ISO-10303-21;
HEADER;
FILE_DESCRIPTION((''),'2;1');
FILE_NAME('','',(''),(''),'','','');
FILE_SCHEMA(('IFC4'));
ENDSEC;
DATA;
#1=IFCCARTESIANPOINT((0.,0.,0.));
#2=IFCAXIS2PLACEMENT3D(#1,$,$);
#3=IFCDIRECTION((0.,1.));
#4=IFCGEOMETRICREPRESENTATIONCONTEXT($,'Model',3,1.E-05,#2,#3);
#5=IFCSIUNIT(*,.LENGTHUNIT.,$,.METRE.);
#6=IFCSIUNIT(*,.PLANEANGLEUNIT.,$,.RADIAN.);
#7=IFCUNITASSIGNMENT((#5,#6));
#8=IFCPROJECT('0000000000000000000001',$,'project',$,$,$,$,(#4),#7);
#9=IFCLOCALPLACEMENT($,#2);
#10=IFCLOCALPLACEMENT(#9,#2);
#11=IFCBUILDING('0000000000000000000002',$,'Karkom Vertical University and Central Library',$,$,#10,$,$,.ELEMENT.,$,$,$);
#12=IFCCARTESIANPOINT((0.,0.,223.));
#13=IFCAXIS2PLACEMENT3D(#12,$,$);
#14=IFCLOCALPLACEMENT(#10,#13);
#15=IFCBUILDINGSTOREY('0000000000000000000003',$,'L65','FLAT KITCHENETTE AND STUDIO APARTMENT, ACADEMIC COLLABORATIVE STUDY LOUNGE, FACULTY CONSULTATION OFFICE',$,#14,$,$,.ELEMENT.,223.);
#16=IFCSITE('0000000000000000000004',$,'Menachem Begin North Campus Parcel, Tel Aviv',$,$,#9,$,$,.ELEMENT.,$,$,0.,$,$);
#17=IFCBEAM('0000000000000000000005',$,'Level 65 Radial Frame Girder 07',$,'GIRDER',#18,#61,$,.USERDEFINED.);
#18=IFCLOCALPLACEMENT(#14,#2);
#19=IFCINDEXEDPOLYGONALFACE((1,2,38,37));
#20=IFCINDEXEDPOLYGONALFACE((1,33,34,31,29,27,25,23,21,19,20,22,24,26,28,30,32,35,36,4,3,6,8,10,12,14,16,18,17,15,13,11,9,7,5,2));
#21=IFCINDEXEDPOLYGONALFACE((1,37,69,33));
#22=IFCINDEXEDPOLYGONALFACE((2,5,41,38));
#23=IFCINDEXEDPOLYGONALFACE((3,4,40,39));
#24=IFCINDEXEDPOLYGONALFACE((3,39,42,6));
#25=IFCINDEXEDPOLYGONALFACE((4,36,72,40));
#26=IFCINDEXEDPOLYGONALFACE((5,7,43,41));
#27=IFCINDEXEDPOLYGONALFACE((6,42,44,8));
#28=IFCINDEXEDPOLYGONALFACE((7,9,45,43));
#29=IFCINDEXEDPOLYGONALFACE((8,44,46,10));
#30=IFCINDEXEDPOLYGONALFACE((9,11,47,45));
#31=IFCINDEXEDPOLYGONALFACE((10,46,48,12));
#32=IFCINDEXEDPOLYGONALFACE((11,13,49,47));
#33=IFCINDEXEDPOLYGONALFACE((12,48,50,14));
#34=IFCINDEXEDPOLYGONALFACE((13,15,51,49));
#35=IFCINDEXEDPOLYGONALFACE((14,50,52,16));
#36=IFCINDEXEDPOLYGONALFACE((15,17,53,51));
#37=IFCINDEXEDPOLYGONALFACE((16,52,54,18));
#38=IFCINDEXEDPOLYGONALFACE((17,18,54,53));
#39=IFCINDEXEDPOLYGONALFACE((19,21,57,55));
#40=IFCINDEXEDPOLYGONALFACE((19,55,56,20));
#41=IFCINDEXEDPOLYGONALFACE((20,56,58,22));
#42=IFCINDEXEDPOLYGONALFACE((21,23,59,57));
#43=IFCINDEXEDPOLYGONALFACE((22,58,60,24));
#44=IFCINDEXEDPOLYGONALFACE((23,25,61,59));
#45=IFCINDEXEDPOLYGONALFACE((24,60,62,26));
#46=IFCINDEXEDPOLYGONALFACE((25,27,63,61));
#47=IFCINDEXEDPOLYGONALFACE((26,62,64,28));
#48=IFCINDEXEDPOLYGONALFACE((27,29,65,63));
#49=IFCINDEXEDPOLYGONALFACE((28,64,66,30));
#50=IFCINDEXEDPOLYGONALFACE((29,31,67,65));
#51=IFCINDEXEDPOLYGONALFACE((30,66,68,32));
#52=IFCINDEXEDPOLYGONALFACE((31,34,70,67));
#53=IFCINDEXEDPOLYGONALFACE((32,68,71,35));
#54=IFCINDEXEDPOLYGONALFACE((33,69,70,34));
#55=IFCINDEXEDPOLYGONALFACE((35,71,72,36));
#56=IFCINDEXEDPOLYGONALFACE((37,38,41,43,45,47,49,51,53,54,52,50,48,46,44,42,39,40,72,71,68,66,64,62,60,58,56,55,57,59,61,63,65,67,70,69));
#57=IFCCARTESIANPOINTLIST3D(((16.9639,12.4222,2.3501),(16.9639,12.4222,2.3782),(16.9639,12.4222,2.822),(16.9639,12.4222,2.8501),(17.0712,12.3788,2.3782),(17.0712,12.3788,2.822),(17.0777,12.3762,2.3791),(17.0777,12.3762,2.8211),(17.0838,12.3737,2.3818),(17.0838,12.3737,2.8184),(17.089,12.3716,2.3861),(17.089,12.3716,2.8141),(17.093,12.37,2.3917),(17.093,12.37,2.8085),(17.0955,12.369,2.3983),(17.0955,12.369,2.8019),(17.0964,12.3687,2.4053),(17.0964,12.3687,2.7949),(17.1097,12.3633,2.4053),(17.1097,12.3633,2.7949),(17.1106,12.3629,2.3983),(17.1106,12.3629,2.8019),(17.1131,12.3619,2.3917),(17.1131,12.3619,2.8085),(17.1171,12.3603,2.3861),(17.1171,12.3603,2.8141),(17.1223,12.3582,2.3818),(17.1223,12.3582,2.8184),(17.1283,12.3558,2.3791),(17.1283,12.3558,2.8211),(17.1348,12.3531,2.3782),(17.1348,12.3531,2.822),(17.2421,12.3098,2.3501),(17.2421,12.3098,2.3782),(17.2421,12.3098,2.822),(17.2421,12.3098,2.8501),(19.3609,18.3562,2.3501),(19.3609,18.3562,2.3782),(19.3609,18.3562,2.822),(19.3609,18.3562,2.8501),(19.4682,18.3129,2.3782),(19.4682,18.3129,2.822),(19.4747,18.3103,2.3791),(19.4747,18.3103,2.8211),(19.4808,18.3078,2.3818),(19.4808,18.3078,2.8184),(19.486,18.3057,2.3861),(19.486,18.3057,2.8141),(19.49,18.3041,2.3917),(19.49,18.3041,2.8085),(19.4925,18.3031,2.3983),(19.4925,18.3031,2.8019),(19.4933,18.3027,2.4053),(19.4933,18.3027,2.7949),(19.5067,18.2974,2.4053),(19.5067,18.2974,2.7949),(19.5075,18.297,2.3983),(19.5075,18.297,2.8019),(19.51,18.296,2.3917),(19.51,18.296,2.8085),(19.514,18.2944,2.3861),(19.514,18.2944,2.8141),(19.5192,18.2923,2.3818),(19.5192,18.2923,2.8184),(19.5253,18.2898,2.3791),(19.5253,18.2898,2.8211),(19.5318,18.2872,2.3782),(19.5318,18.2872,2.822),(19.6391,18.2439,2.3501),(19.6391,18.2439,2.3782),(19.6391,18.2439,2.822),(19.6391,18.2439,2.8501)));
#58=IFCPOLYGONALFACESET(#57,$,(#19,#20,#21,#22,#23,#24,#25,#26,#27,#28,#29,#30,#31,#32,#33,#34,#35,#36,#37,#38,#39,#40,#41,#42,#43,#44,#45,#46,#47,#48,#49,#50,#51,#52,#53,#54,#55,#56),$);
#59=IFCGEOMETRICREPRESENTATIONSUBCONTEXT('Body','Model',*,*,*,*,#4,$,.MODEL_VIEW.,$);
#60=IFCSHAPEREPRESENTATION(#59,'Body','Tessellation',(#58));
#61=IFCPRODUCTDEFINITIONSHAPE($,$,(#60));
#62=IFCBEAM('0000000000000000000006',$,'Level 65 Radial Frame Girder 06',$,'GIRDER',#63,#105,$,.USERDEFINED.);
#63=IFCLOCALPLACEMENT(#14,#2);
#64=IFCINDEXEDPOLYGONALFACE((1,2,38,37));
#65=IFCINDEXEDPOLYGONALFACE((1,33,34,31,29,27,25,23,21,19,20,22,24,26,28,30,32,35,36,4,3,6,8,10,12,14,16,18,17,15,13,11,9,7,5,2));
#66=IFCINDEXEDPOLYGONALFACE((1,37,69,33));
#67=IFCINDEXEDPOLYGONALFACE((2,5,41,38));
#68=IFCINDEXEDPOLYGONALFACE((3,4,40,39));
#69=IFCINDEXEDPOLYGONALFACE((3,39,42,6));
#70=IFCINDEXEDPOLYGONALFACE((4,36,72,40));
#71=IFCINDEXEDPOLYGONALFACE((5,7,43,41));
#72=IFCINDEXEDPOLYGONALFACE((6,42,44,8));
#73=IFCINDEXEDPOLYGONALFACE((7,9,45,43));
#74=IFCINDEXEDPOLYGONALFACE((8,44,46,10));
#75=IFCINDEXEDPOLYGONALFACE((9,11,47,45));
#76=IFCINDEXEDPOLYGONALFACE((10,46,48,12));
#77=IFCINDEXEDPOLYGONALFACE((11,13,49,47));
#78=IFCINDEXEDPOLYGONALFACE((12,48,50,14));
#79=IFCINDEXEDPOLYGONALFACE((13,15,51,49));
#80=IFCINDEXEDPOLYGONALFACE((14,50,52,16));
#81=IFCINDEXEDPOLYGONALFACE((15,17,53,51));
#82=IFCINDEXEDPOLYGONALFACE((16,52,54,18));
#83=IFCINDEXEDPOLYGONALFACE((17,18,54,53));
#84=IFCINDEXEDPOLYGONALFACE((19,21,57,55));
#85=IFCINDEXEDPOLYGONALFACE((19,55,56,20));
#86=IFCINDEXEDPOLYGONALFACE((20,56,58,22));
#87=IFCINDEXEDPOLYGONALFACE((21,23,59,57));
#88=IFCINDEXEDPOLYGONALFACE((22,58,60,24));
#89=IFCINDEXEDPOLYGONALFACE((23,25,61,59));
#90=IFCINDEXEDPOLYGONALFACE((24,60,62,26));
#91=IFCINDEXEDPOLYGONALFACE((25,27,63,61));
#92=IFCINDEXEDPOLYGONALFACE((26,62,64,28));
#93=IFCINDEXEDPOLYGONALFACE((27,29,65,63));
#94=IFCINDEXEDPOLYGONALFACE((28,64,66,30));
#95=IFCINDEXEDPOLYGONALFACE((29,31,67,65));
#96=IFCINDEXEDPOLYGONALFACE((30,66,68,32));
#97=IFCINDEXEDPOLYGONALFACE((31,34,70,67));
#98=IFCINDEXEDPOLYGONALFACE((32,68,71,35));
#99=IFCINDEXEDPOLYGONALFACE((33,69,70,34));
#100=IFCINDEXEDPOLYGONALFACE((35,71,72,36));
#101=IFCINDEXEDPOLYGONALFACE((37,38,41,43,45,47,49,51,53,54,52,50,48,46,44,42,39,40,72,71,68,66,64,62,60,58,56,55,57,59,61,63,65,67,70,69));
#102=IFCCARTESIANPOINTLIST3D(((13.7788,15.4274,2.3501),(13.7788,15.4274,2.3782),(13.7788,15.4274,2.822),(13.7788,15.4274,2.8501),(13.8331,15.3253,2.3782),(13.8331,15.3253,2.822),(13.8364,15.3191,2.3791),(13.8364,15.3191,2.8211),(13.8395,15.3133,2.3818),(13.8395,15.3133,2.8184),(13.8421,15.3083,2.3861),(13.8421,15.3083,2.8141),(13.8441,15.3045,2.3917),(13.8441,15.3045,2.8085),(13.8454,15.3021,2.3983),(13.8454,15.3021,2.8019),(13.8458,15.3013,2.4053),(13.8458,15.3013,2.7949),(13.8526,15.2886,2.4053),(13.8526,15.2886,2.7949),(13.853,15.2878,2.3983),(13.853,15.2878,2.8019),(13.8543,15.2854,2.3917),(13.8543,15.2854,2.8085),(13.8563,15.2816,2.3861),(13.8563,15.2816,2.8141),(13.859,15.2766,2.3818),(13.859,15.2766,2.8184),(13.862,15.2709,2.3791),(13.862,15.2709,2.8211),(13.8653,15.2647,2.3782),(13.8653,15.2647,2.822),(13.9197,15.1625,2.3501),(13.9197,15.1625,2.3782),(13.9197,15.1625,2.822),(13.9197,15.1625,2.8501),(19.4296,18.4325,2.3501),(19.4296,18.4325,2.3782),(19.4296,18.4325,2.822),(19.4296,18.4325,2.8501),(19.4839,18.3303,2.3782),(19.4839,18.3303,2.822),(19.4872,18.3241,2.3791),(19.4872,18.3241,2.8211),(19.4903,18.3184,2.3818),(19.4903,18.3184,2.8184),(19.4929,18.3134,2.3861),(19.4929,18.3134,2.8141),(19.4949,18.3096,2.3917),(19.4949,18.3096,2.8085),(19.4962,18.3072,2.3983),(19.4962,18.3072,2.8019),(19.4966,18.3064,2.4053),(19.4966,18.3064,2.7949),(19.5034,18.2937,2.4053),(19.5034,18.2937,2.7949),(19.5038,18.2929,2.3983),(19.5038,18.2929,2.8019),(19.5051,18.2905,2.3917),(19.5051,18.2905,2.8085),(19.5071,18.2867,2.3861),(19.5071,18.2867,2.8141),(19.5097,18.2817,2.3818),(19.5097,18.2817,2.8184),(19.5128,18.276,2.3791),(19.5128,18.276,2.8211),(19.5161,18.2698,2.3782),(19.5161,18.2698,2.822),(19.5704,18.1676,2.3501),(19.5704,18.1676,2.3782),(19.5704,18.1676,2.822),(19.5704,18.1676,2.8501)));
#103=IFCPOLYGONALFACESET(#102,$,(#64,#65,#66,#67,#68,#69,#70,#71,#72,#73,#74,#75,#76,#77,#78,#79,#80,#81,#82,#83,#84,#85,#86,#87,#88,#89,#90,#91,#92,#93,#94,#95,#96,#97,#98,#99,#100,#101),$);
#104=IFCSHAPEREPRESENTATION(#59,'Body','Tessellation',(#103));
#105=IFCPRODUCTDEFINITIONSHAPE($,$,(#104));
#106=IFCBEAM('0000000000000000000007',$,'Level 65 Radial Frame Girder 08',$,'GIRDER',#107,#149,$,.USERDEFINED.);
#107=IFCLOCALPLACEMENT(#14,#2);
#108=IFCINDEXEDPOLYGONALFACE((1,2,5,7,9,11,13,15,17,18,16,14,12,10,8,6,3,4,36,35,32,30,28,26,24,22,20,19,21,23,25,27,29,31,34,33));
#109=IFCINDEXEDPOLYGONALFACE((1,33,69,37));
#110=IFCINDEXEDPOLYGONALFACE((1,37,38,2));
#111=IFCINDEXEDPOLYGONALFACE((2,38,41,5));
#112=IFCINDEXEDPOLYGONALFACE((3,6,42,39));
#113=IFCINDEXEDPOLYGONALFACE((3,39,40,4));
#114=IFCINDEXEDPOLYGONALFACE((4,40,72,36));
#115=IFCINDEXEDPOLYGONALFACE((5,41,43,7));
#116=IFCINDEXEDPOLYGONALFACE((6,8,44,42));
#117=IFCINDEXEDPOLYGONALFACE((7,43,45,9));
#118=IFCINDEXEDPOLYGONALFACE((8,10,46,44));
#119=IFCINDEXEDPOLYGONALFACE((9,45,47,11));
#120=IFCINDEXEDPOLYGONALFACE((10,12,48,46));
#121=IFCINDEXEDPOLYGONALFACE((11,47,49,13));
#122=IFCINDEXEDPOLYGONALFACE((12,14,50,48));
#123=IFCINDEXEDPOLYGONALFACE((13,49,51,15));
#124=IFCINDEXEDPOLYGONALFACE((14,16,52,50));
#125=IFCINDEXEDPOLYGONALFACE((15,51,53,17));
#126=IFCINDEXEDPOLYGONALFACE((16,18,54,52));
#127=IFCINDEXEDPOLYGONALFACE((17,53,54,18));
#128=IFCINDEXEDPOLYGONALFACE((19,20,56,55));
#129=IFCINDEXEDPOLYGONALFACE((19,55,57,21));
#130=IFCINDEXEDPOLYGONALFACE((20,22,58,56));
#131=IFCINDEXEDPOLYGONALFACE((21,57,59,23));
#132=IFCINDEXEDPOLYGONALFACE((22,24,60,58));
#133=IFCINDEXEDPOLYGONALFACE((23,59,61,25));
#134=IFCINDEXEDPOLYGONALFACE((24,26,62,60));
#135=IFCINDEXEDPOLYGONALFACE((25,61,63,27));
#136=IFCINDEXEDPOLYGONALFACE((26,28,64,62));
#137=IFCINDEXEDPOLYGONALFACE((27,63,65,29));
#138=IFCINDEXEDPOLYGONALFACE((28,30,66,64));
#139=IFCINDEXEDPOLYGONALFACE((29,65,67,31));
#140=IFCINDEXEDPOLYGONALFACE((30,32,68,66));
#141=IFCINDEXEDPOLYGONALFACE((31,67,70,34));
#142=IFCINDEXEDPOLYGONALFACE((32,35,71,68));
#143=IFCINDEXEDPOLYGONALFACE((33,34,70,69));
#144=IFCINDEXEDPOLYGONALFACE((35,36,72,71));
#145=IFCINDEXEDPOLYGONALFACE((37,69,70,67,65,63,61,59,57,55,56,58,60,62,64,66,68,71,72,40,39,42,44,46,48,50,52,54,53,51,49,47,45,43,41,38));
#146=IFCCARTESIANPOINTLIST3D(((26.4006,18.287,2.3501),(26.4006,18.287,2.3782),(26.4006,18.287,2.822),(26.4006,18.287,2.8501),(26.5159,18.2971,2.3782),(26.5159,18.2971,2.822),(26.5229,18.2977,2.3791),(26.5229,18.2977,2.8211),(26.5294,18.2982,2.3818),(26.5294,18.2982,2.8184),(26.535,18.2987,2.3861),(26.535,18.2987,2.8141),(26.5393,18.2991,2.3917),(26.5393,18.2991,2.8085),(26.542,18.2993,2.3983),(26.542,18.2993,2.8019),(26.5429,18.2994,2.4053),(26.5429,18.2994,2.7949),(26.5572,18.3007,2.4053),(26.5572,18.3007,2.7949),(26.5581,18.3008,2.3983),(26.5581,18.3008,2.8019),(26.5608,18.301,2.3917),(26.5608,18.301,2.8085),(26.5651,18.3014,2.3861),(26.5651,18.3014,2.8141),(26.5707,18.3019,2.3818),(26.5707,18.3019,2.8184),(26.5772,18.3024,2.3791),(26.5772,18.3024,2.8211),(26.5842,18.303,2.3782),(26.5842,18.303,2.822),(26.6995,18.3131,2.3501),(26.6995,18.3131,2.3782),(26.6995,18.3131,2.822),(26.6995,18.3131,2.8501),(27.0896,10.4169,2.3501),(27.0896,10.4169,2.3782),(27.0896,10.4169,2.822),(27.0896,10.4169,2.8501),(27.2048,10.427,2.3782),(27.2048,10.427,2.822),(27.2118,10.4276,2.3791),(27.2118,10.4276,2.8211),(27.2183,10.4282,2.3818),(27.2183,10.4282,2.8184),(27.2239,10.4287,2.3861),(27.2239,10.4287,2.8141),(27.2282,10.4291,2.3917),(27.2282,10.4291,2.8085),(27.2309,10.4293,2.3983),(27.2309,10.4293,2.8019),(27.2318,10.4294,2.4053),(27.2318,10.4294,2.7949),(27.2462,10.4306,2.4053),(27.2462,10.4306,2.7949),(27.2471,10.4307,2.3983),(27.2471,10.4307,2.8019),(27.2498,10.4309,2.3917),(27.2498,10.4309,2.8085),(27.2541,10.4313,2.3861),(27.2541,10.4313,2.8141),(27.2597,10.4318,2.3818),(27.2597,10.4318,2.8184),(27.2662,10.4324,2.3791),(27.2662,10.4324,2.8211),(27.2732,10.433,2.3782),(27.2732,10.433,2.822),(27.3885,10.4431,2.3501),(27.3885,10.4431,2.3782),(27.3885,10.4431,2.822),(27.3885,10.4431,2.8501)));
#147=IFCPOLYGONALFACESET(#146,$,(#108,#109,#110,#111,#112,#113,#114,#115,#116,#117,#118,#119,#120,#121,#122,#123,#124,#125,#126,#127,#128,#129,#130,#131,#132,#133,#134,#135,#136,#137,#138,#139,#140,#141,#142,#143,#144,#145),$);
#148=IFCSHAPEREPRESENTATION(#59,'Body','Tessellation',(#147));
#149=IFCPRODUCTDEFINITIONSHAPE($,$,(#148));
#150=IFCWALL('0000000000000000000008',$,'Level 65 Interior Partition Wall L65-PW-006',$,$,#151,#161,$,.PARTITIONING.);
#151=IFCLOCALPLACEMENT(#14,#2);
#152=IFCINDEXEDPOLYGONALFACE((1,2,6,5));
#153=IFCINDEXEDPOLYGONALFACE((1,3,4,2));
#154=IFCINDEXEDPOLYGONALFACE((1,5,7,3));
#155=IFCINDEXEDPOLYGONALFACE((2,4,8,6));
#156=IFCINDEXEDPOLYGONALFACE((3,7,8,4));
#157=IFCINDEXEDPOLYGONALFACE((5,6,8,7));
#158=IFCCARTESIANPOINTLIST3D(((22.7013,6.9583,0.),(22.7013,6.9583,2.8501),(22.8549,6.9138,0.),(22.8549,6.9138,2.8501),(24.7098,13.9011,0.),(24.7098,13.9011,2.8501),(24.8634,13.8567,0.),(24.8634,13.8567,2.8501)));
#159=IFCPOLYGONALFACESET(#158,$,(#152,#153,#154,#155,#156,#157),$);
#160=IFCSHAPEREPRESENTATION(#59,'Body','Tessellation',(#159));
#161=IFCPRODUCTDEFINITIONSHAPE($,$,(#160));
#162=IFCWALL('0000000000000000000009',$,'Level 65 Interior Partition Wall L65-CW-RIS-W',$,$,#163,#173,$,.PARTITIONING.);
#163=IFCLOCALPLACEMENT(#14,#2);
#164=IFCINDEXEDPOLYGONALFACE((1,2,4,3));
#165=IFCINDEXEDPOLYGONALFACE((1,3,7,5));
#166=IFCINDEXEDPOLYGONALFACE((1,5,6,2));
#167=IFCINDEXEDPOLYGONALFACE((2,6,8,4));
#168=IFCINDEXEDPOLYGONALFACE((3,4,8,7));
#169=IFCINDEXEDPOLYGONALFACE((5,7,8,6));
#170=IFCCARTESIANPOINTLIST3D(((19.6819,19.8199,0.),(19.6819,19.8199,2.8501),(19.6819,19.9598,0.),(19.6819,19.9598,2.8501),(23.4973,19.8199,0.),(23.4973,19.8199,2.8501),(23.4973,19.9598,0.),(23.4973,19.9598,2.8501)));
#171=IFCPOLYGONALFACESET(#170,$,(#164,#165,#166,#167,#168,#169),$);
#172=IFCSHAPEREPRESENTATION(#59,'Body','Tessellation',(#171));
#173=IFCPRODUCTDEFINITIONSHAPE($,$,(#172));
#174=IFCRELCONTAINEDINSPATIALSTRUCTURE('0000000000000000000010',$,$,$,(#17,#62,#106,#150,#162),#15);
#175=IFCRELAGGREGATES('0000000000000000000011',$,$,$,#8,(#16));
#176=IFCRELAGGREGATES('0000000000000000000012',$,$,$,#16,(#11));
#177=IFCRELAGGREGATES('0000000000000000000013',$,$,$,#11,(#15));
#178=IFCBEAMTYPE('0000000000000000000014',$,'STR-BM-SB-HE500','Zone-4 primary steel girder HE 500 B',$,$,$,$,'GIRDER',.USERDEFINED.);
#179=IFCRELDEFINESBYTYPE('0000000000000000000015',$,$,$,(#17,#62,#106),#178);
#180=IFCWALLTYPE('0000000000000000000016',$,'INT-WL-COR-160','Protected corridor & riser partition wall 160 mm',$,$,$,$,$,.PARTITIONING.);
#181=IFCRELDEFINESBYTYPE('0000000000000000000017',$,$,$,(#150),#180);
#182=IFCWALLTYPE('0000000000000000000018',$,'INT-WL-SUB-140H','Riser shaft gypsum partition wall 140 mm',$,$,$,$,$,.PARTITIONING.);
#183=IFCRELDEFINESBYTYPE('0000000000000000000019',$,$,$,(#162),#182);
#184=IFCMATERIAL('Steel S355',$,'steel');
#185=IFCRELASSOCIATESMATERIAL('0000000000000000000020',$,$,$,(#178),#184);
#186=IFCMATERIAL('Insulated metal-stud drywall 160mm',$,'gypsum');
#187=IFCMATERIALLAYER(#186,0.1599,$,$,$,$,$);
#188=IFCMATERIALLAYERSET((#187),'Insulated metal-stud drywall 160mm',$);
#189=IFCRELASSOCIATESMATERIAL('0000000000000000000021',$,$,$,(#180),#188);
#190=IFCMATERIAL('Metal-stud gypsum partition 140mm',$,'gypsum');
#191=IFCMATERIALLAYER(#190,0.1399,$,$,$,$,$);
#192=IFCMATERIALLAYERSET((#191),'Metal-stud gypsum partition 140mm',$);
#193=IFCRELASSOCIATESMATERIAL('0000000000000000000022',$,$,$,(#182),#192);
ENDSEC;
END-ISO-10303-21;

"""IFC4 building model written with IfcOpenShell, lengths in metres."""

from ifc_helpers import new_model, si_unit, direction, frame, frame_2d, origin, origin_with_axes, origin_2d, place, context, subcontext, project, spatial, rectangle, i_section, extrude, source, transform, mapped, material, layer, layer_set, material_profile, profile_set, type_object, element, save


model = new_model("IFC4")

# Units and contexts
model_context = context("Model", 3, precision=1e-05, world=origin(), true_north=direction((0.0, 1.0)))
body_context = subcontext(model_context, "Body", "Model", "MODEL_VIEW")
ifc_project = project(units=[si_unit("LENGTHUNIT", "METRE"), si_unit("PLANEANGLEUNIT", "RADIAN")], contexts=[model_context])

# Site, building, storey
site_placement = place(None, origin())
site = spatial("IfcSite", under=ifc_project, at=site_placement, Name="Menachem Begin North Campus Parcel, Tel Aviv", CompositionType="ELEMENT", RefElevation=0.0)
building_placement = place(site_placement, origin())
building = spatial("IfcBuilding", under=site, at=building_placement, Name="Karkom Vertical University and Central Library", CompositionType="ELEMENT")
storey_placement = place(building_placement, frame((0.0, 0.0, 223.0)))
storey = spatial("IfcBuildingStorey", under=building, at=storey_placement, Name="L65", Description="FLAT KITCHENETTE AND STUDIO APARTMENT, ACADEMIC COLLABORATIVE STUDY LOUNGE, FACULTY CONSULTATION OFFICE", CompositionType="ELEMENT", Elevation=223.0)

# Beams
ifc_material_1 = material(Name="Steel S355", Category="steel")
ifc_material_profile_1 = material_profile(ifc_material_1, i_section(OverallWidth=0.3, OverallDepth=0.5, WebThickness=0.0144, FlangeThickness=0.0281, FilletRadius=0.0271, at=origin_2d()), Name="HE 500 B")
ifc_profile_set_1 = profile_set([ifc_material_profile_1], Name="Steel S355")
beam_type_1 = type_object("IfcBeamType", Name="STR-BM-SB-HE500", Description="Zone-4 primary steel girder HE 500 B", ElementType="GIRDER", PredefinedType="USERDEFINED", material=ifc_profile_set_1)
shared_shape_1 = source(origin_with_axes(), body_context, "Body", "SweptSolid", [
    extrude(i_section(OverallWidth=0.3, OverallDepth=0.5, WebThickness=0.0144, FlangeThickness=0.0281, FilletRadius=0.0271, at=origin_2d()), origin(), (0.0, 0.0, 1.0), 6.3999),
])
beam_1_placement = place(storey_placement, frame((19.5, 18.3, 2.6001), z_axis=(-0.374532, -0.927214, 0.0), x_axis=(0.927214, -0.374532, 0.0)))
element("IfcBeam", 1, at=beam_1_placement, inside=storey, type_object=beam_type_1, Name="Level 65 Radial Frame Girder 07", ObjectType="GIRDER", PredefinedType="USERDEFINED", context=body_context, shape_type="MappedRepresentation", body=[
    mapped(shared_shape_1, transform((0.0, 0.0, 0.0), scale=1.0)),
])
shared_shape_2 = source(origin_with_axes(), body_context, "Body", "SweptSolid", [
    extrude(i_section(OverallWidth=0.3, OverallDepth=0.5, WebThickness=0.0144, FlangeThickness=0.0281, FilletRadius=0.0271, at=origin_2d()), origin(), (0.0, 0.0, 1.0), 6.4001),
])
beam_2_placement = place(storey_placement, frame((19.5, 18.3, 2.6001), z_axis=(-0.882915, -0.469533, 0.0), x_axis=(0.469533, -0.882915, 0.0)))
element("IfcBeam", 2, at=beam_2_placement, inside=storey, type_object=beam_type_1, Name="Level 65 Radial Frame Girder 06", ObjectType="GIRDER", PredefinedType="USERDEFINED", context=body_context, shape_type="MappedRepresentation", body=[
    mapped(shared_shape_2, transform((0.0, 0.0, 0.0), scale=1.0)),
])
shared_shape_3 = source(origin_with_axes(), body_context, "Body", "SweptSolid", [
    extrude(i_section(OverallWidth=0.3, OverallDepth=0.5, WebThickness=0.0144, FlangeThickness=0.0281, FilletRadius=0.0271, at=origin_2d()), origin(), (0.0, 0.0, 1.0), 7.9001),
])
beam_3_placement = place(storey_placement, frame((26.55, 18.3, 2.6001), z_axis=(0.087208, -0.99619, 0.0), x_axis=(0.99619, 0.087208, 0.0)))
element("IfcBeam", 3, at=beam_3_placement, inside=storey, type_object=beam_type_1, Name="Level 65 Radial Frame Girder 08", ObjectType="GIRDER", PredefinedType="USERDEFINED", context=body_context, shape_type="MappedRepresentation", body=[
    mapped(shared_shape_3, transform((0.0, 0.0, 0.0), scale=1.0)),
])

# Walls
ifc_material_2 = material(Name="Insulated metal-stud drywall 160mm", Category="gypsum")
ifc_layer_1 = layer(ifc_material_2, 0.1599)
ifc_layer_set_1 = layer_set([ifc_layer_1], Name="Insulated metal-stud drywall 160mm")
wall_type_1 = type_object("IfcWallType", Name="INT-WL-COR-160", Description="Protected corridor & riser partition wall 160 mm", PredefinedType="PARTITIONING", material=ifc_layer_set_1)
wall_1_placement = place(storey_placement, frame((24.7866, 13.8789, 0.0), z_axis=(0.0, 0.0, 1.0), x_axis=(-0.277901, -0.96061, 0.0)))
element("IfcWall", 4, at=wall_1_placement, inside=storey, type_object=wall_type_1, Name="Level 65 Interior Partition Wall L65-PW-006", PredefinedType="PARTITIONING", context=body_context, shape_type="SweptSolid", body=[
    extrude(rectangle(XDim=7.2275, YDim=0.1599, at=frame_2d((3.6138, 0.0))), origin(), (0.0, 0.0, 1.0), 2.8501),
])
ifc_material_3 = material(Name="Metal-stud gypsum partition 140mm", Category="gypsum")
ifc_layer_2 = layer(ifc_material_3, 0.1399)
ifc_layer_set_2 = layer_set([ifc_layer_2], Name="Metal-stud gypsum partition 140mm")
wall_type_2 = type_object("IfcWallType", Name="INT-WL-SUB-140H", Description="Riser shaft gypsum partition wall 140 mm", PredefinedType="PARTITIONING", material=ifc_layer_set_2)
wall_2_placement = place(storey_placement, frame((19.6819, 19.8899, 0.0), z_axis=(0.0, 0.0, 1.0), x_axis=(1.0, 0.0, 0.0)))
element("IfcWall", 5, at=wall_2_placement, inside=storey, type_object=wall_type_2, Name="Level 65 Interior Partition Wall L65-CW-RIS-W", PredefinedType="PARTITIONING", context=body_context, shape_type="SweptSolid", body=[
    extrude(rectangle(XDim=3.8154, YDim=0.1399, at=frame_2d((1.9077, 0.0))), origin(), (0.0, 0.0, 1.0), 2.8501),
])

save(model, "model.ifc")
